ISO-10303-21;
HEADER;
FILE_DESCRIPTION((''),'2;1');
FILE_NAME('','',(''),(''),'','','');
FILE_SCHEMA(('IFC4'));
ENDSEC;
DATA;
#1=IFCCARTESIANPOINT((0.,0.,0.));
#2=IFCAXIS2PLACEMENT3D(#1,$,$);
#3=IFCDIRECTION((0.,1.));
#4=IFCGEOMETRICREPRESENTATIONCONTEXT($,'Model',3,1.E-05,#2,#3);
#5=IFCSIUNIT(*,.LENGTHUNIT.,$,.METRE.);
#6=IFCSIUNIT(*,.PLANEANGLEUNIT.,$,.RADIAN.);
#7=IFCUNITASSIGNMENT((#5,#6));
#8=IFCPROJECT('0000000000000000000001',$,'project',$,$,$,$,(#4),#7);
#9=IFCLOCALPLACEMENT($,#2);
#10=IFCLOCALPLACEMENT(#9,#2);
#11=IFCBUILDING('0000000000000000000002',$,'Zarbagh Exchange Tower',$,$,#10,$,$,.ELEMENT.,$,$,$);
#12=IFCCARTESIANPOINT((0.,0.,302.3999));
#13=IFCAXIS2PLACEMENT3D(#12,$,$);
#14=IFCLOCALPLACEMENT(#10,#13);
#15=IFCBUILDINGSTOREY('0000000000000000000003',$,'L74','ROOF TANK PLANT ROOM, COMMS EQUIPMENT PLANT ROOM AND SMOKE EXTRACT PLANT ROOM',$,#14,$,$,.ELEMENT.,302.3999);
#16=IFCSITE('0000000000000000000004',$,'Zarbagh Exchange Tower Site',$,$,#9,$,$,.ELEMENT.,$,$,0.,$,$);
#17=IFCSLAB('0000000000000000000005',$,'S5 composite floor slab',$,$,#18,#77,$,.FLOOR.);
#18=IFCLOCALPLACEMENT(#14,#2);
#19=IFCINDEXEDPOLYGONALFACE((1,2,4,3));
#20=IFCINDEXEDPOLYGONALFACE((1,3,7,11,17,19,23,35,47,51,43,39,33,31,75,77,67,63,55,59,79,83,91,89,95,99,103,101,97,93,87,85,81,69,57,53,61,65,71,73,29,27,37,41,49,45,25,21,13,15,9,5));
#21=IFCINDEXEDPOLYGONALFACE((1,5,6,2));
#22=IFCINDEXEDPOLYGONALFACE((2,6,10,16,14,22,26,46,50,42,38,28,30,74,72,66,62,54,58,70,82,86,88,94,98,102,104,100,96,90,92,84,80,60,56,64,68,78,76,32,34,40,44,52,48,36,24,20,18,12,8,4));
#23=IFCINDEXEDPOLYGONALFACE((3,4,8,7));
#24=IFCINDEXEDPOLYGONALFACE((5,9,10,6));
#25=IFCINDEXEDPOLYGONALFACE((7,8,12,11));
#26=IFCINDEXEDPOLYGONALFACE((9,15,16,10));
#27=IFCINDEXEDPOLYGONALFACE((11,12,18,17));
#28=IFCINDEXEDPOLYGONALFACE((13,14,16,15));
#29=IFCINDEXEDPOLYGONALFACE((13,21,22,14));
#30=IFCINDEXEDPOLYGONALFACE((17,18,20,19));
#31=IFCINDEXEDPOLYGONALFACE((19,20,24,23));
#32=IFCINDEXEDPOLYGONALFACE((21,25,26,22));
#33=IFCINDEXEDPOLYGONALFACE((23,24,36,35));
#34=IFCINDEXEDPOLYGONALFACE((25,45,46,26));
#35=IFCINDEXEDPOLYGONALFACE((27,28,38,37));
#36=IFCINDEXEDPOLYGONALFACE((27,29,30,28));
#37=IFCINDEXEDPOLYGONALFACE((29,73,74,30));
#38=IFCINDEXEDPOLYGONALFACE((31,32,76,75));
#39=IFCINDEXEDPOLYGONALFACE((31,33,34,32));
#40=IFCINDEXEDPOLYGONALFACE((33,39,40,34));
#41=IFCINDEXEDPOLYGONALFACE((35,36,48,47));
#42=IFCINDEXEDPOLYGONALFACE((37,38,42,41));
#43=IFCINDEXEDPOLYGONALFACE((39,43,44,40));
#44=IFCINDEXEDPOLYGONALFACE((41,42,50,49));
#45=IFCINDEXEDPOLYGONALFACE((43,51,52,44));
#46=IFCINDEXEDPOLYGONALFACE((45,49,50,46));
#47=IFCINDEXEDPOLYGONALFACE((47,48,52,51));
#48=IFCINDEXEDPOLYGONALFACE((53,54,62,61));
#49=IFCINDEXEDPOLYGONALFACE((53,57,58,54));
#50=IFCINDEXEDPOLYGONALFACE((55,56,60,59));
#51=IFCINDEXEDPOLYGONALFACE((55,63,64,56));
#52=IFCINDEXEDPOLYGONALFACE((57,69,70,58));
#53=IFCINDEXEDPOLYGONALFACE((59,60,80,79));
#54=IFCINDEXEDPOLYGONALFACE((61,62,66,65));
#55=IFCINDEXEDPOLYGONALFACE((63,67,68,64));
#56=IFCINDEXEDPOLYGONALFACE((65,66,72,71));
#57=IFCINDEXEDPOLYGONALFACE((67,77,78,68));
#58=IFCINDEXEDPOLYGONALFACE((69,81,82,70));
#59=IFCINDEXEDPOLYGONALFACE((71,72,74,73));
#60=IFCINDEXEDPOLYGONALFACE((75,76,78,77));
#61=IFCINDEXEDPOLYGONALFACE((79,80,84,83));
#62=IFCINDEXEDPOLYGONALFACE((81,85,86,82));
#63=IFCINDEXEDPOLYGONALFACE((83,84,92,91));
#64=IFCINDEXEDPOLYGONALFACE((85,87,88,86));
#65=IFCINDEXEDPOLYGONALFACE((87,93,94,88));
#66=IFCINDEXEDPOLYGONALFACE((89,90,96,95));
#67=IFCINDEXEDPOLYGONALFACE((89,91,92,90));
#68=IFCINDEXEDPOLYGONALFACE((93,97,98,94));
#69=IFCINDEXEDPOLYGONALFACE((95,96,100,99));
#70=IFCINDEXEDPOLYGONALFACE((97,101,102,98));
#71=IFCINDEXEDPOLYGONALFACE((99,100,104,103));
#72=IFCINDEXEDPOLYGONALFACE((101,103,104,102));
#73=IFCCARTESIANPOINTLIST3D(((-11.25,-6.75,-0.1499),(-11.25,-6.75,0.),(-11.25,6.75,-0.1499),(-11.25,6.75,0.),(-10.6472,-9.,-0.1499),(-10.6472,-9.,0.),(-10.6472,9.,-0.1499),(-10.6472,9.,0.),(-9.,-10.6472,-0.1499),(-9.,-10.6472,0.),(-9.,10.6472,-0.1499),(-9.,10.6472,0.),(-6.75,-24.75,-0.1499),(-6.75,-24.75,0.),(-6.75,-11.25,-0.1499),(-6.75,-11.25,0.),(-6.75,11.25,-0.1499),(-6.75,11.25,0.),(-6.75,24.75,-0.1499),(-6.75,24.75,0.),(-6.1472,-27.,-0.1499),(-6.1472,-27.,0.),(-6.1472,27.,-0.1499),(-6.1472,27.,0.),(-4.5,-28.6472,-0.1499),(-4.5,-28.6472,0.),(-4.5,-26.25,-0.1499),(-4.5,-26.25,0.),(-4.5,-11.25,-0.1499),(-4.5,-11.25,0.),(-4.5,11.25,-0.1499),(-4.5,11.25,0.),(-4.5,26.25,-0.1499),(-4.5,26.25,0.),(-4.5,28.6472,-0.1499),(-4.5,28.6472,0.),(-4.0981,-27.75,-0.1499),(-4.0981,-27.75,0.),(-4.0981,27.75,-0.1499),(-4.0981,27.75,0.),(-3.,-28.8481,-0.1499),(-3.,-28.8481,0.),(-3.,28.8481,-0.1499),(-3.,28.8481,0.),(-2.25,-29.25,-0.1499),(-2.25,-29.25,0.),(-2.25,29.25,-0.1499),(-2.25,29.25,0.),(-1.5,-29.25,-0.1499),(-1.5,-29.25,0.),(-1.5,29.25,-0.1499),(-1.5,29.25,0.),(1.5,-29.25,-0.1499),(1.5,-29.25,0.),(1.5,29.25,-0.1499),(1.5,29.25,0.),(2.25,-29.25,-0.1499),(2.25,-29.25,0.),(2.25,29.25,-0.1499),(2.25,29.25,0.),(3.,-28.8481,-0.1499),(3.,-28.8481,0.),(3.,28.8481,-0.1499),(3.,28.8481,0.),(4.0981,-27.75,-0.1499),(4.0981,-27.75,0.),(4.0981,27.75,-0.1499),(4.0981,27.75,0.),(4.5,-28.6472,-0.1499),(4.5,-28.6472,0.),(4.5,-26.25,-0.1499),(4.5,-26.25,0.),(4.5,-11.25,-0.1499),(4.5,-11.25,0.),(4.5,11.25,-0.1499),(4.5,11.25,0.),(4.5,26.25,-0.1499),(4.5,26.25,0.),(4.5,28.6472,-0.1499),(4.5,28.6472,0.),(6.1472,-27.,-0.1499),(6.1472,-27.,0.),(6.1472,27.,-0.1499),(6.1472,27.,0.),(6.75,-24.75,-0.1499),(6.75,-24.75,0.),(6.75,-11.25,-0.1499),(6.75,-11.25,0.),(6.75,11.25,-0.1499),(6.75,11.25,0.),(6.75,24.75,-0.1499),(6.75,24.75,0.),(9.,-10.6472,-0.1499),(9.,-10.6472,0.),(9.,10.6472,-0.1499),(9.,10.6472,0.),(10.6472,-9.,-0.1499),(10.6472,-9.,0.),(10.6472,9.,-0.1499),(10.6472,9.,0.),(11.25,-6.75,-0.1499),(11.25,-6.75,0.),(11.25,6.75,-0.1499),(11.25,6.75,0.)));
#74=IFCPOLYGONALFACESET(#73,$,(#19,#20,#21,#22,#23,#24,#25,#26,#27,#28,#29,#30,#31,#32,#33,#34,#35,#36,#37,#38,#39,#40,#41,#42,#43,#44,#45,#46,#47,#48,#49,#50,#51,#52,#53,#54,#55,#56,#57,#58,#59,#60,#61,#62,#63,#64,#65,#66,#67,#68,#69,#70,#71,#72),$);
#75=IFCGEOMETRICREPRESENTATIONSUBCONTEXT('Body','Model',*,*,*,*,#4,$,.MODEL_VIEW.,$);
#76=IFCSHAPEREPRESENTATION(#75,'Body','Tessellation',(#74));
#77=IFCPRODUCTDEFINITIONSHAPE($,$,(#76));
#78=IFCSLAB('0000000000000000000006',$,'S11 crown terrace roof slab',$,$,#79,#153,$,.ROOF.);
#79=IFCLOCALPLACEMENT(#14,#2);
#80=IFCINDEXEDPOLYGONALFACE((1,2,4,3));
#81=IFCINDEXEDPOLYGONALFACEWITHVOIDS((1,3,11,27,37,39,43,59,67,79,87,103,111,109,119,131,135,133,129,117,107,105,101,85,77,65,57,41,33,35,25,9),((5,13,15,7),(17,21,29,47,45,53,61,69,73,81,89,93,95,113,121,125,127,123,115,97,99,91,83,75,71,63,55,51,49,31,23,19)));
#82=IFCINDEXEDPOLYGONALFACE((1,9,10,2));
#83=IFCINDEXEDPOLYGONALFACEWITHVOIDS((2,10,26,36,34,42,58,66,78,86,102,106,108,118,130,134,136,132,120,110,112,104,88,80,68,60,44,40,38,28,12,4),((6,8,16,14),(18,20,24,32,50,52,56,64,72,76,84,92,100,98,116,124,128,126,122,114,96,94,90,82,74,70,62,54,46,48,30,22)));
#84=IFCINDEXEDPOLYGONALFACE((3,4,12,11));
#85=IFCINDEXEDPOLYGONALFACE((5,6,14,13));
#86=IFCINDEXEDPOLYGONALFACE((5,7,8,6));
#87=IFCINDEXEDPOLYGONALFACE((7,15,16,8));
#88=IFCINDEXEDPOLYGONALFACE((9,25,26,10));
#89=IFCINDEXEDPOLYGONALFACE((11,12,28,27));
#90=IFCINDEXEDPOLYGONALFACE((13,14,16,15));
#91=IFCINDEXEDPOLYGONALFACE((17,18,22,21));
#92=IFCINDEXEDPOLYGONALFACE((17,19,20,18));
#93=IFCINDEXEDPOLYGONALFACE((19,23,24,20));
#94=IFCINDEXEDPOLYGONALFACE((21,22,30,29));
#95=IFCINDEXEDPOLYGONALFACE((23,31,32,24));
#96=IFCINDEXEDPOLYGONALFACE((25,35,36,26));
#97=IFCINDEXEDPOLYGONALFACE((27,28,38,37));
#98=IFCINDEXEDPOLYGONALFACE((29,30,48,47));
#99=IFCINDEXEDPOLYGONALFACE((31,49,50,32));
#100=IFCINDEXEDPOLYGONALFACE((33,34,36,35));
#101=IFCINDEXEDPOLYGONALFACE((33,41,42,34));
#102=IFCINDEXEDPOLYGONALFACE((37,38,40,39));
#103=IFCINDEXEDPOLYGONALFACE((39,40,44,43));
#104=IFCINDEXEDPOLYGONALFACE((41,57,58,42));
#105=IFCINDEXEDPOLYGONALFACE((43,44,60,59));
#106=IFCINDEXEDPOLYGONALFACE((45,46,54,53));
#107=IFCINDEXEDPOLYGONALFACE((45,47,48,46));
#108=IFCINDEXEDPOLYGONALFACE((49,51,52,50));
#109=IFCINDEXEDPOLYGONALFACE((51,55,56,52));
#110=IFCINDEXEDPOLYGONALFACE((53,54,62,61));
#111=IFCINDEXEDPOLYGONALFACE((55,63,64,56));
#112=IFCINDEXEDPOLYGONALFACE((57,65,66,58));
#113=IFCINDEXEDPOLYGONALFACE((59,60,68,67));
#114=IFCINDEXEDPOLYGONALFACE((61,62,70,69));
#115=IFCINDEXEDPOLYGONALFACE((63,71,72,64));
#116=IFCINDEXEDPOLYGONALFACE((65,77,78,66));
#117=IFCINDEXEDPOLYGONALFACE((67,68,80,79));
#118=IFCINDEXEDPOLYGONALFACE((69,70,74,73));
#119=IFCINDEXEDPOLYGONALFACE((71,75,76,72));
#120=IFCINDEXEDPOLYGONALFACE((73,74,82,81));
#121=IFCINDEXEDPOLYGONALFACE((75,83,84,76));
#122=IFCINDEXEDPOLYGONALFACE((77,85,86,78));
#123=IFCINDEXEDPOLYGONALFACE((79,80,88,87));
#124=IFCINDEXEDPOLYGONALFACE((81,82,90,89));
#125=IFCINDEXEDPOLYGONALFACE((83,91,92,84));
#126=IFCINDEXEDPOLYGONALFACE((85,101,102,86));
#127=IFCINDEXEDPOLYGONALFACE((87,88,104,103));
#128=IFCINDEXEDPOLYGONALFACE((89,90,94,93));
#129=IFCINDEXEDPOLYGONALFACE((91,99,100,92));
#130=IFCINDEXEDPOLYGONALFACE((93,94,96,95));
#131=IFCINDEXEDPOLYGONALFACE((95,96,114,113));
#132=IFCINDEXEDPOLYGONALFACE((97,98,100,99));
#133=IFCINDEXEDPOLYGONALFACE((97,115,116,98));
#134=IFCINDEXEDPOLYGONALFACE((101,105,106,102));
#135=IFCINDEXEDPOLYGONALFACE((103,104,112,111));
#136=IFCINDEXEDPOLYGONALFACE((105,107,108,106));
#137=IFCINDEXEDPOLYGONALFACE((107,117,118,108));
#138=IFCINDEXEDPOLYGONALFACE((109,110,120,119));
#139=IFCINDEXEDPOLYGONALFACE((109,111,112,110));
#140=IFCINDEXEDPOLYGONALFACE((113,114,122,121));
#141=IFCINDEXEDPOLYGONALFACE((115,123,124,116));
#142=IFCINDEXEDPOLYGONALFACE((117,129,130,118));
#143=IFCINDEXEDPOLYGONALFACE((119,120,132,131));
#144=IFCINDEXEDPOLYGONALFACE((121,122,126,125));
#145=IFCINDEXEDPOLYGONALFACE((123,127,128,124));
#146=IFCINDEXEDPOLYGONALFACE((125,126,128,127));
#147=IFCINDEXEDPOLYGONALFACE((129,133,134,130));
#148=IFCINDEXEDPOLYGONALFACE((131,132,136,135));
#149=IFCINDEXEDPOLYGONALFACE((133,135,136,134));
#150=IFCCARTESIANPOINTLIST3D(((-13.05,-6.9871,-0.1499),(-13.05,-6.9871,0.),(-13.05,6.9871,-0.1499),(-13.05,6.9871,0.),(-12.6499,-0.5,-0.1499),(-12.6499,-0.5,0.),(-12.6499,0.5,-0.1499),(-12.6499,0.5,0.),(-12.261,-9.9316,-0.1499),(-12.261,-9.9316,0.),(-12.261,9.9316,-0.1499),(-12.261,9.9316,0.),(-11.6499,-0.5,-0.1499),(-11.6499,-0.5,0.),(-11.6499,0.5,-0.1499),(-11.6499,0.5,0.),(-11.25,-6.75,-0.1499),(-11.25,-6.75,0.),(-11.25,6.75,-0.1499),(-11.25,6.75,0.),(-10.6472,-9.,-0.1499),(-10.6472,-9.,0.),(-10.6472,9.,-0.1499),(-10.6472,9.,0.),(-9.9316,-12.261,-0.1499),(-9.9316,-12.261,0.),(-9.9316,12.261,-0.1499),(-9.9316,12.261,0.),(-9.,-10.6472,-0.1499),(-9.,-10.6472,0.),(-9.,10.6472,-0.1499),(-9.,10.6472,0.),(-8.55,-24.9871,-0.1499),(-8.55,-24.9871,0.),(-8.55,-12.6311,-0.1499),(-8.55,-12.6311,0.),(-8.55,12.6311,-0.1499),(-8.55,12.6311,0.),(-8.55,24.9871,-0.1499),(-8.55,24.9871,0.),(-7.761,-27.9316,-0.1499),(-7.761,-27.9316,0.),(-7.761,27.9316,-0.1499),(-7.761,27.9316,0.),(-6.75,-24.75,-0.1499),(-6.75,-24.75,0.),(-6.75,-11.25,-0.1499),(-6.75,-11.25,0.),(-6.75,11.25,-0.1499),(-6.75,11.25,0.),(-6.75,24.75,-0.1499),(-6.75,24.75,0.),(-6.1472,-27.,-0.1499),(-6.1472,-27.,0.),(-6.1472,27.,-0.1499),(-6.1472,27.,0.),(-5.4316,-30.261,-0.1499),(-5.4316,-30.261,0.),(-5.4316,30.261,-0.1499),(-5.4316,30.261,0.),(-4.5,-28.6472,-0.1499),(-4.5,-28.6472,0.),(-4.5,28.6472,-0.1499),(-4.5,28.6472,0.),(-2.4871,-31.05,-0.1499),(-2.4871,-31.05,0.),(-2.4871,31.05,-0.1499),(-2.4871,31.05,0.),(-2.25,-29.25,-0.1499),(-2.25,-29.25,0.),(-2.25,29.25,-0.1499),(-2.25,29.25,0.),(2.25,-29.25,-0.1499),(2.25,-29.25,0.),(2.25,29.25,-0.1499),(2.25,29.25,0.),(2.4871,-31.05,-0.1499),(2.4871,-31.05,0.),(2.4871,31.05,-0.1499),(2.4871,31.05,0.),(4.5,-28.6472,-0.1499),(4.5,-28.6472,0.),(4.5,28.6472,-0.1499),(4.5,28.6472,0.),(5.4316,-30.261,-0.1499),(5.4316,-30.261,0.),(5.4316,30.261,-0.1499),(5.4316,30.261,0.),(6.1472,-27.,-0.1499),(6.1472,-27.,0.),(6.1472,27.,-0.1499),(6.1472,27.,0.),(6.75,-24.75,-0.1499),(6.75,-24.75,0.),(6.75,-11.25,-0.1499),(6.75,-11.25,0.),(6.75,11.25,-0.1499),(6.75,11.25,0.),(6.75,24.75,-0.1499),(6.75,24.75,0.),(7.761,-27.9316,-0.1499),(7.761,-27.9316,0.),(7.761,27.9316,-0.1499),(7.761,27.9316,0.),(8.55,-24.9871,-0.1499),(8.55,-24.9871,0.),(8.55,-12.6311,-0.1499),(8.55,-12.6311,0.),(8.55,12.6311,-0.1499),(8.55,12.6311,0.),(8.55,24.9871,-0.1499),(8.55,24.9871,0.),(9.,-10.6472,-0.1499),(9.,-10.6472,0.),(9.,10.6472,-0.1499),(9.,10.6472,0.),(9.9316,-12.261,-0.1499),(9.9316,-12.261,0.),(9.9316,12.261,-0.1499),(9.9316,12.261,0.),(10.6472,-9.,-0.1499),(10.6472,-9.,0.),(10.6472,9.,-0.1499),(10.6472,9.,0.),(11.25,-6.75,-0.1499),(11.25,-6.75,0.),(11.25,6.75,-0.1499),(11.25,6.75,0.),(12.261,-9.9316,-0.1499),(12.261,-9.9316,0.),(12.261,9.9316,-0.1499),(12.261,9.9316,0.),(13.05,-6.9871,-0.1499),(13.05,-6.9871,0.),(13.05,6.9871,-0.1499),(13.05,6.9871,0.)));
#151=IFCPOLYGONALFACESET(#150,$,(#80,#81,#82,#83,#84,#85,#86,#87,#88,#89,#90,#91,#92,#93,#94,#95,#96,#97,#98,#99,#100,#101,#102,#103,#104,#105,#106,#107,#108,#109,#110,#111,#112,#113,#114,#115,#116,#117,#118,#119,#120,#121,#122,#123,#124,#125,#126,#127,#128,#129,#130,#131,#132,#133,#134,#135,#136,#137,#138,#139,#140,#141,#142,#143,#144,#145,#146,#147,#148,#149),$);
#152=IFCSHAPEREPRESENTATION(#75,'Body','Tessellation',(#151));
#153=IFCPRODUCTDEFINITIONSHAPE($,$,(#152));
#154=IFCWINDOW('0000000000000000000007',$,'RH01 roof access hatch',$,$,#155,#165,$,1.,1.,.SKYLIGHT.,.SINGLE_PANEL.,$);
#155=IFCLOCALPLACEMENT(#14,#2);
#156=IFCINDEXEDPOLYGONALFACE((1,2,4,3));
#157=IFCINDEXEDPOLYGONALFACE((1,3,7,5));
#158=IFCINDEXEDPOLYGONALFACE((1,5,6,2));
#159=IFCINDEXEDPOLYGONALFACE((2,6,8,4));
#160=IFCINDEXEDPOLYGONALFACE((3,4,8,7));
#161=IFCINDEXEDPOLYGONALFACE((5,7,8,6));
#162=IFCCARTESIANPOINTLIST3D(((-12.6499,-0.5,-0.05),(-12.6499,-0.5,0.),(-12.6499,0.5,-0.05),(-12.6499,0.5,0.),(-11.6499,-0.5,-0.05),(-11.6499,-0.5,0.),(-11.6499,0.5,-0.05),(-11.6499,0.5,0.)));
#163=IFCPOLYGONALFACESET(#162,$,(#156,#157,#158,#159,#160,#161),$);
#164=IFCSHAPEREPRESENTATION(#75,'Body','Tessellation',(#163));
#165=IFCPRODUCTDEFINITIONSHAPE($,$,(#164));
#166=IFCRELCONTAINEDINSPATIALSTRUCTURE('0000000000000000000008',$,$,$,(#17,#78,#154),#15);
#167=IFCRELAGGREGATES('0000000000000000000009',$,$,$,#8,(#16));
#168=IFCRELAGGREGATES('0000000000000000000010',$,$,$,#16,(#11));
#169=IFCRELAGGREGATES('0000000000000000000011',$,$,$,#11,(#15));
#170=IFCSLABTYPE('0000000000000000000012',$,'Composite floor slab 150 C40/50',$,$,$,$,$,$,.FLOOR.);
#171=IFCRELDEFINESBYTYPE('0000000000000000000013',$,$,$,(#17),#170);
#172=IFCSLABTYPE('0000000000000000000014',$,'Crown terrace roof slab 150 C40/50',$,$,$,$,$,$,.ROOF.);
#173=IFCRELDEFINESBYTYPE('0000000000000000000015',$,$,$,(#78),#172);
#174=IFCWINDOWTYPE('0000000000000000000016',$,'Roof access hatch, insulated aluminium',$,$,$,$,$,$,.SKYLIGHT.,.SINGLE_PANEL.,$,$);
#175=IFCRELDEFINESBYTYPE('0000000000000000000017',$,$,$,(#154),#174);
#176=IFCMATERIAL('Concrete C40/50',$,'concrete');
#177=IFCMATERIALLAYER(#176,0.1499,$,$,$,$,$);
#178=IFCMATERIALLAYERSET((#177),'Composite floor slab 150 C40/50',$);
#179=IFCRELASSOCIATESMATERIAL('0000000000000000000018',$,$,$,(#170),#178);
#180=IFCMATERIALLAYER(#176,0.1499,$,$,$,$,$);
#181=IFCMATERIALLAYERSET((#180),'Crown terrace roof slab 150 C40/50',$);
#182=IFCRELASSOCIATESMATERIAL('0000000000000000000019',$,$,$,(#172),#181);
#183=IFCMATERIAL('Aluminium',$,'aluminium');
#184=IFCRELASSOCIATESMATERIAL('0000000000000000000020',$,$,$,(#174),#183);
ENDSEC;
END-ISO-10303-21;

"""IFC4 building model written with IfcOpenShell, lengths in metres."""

from ifc_helpers import new_model, si_unit, direction, frame, origin, origin_2d, place, context, subcontext, project, spatial, polyline, rectangle, outline, extrude, material, layer, layer_set, type_object, element, fill, save


model = new_model("IFC4")

# Units and contexts
model_context = context("Model", 3, precision=1e-05, world=origin(), true_north=direction((0.0, 1.0)))
body_context = subcontext(model_context, "Body", "Model", "MODEL_VIEW")
ifc_project = project(units=[si_unit("LENGTHUNIT", "METRE"), si_unit("PLANEANGLEUNIT", "RADIAN")], contexts=[model_context])

# Site, building, storey
site_placement = place(None, origin())
site = spatial("IfcSite", under=ifc_project, at=site_placement, Name="Zarbagh Exchange Tower Site", CompositionType="ELEMENT", RefElevation=0.0)
building_placement = place(site_placement, origin())
building = spatial("IfcBuilding", under=site, at=building_placement, Name="Zarbagh Exchange Tower", CompositionType="ELEMENT")
storey_placement = place(building_placement, frame((0.0, 0.0, 302.3999)))
storey = spatial("IfcBuildingStorey", under=building, at=storey_placement, Name="L74", Description="ROOF TANK PLANT ROOM, COMMS EQUIPMENT PLANT ROOM AND SMOKE EXTRACT PLANT ROOM", CompositionType="ELEMENT", Elevation=302.3999)

# Shared definitions
ifc_material_1 = material(Name="Concrete C40/50", Category="concrete")

# Slab
ifc_layer_1 = layer(ifc_material_1, 0.1499)
ifc_layer_set_1 = layer_set([ifc_layer_1], Name="Composite floor slab 150 C40/50")
slab_type_1 = type_object("IfcSlabType", Name="Composite floor slab 150 C40/50", PredefinedType="FLOOR", material=ifc_layer_set_1)
slab_1_placement = place(storey_placement, frame((0.0, 0.0, -0.1499)))
element("IfcSlab", 1, at=slab_1_placement, inside=storey, type_object=slab_type_1, Name="S5 composite floor slab", PredefinedType="FLOOR", context=body_context, shape_type="SweptSolid", body=[
    extrude(outline(polyline([(1.5, -29.25), (3.0, -28.8481), (4.0981, -27.75), (4.5, -26.25), (4.5, -11.25), (-4.5, -11.25), (-4.5, -26.25), (-4.0981, -27.75), (-3.0, -28.8481), (-1.5, -29.25), (-2.25, -29.25), (-4.5, -28.6472), (-6.1472, -27.0), (-6.75, -24.75), (-6.75, -11.25), (-9.0, -10.6472), (-10.6472, -9.0), (-11.25, -6.75), (-11.25, 6.75), (-10.6472, 9.0), (-9.0, 10.6472), (-6.75, 11.25), (-6.75, 24.75), (-6.1472, 27.0), (-4.5, 28.6472), (-2.25, 29.25), (-1.5, 29.25), (-3.0, 28.8481), (-4.0981, 27.75), (-4.5, 26.25), (-4.5, 11.25), (4.5, 11.25), (4.5, 26.25), (4.0981, 27.75), (3.0, 28.8481), (1.5, 29.25), (2.25, 29.25), (4.5, 28.6472), (6.1472, 27.0), (6.75, 24.75), (6.75, 11.25), (9.0, 10.6472), (10.6472, 9.0), (11.25, 6.75), (11.25, -6.75), (10.6472, -9.0), (9.0, -10.6472), (6.75, -11.25), (6.75, -24.75), (6.1472, -27.0), (4.5, -28.6472), (2.25, -29.25), (1.5, -29.25)])), origin(), (0.0, 0.0, 1.0), 0.1499),
])

# Slab, opening, window
ifc_layer_2 = layer(ifc_material_1, 0.1499)
ifc_layer_set_2 = layer_set([ifc_layer_2], Name="Crown terrace roof slab 150 C40/50")
slab_type_2 = type_object("IfcSlabType", Name="Crown terrace roof slab 150 C40/50", PredefinedType="ROOF", material=ifc_layer_set_2)
slab_2_placement = place(storey_placement, frame((0.0, 0.0, -0.1499)))
slab_2 = element("IfcSlab", 2, at=slab_2_placement, inside=storey, type_object=slab_type_2, Name="S11 crown terrace roof slab", PredefinedType="ROOF", context=body_context, shape_type="SweptSolid", body=[
    extrude(outline(polyline([(-2.4871, -31.05), (-5.4316, -30.261), (-7.761, -27.9316), (-8.55, -24.9871), (-8.55, -12.6311), (-9.9316, -12.261), (-12.261, -9.9316), (-13.05, -6.9871), (-13.05, 6.9871), (-12.261, 9.9316), (-9.9316, 12.261), (-8.55, 12.6311), (-8.55, 24.9871), (-7.761, 27.9316), (-5.4316, 30.261), (-2.4871, 31.05), (2.4871, 31.05), (5.4316, 30.261), (7.761, 27.9316), (8.55, 24.9871), (8.55, 12.6311), (9.9316, 12.261), (12.261, 9.9316), (13.05, 6.9871), (13.05, -6.9871), (12.261, -9.9316), (9.9316, -12.261), (8.55, -12.6311), (8.55, -24.9871), (7.761, -27.9316), (5.4316, -30.261), (2.4871, -31.05), (-2.4871, -31.05)]), holes=[polyline([(4.5, -28.6472), (6.1472, -27.0), (6.75, -24.75), (6.75, -11.25), (9.0, -10.6472), (10.6472, -9.0), (11.25, -6.75), (11.25, 6.75), (10.6472, 9.0), (9.0, 10.6472), (6.75, 11.25), (6.75, 24.75), (6.1472, 27.0), (4.5, 28.6472), (2.25, 29.25), (-2.25, 29.25), (-4.5, 28.6472), (-6.1472, 27.0), (-6.75, 24.75), (-6.75, 11.25), (-9.0, 10.6472), (-10.6472, 9.0), (-11.25, 6.75), (-11.25, -6.75), (-10.6472, -9.0), (-9.0, -10.6472), (-6.75, -11.25), (-6.75, -24.75), (-6.1472, -27.0), (-4.5, -28.6472), (-2.25, -29.25), (2.25, -29.25), (4.5, -28.6472)])]), origin(), (0.0, 0.0, 1.0), 0.1499),
])
opening_1_placement = place(slab_2_placement, frame((-12.1499, 0.0, 0.0)))
opening_1 = element("IfcOpeningElement", 3, at=opening_1_placement, cuts=slab_2, PredefinedType="OPENING", context=body_context, shape_type="SweptSolid", body=[
    extrude(rectangle(XDim=1.0, YDim=1.0, at=origin_2d()), frame((0.0, 0.0, -0.01)), (0.0, 0.0, 1.0), 0.1699),
])
ifc_material_2 = material(Name="Aluminium", Category="aluminium")
window_type = type_object("IfcWindowType", Name="Roof access hatch, insulated aluminium", PartitioningType="SINGLE_PANEL", PredefinedType="SKYLIGHT", material=ifc_material_2)
window_placement = place(opening_1_placement, frame((0.0, 0.0, 0.0999)))
window = element("IfcWindow", 4, at=window_placement, inside=storey, type_object=window_type, Name="RH01 roof access hatch", OverallHeight=1.0, OverallWidth=1.0, PartitioningType="SINGLE_PANEL", PredefinedType="SKYLIGHT", context=body_context, shape_type="SweptSolid", body=[
    extrude(rectangle(XDim=1.0, YDim=1.0, at=origin_2d()), origin(), (0.0, 0.0, 1.0), 0.05),
])
fill(opening_1, window)

save(model, "model.ifc")
